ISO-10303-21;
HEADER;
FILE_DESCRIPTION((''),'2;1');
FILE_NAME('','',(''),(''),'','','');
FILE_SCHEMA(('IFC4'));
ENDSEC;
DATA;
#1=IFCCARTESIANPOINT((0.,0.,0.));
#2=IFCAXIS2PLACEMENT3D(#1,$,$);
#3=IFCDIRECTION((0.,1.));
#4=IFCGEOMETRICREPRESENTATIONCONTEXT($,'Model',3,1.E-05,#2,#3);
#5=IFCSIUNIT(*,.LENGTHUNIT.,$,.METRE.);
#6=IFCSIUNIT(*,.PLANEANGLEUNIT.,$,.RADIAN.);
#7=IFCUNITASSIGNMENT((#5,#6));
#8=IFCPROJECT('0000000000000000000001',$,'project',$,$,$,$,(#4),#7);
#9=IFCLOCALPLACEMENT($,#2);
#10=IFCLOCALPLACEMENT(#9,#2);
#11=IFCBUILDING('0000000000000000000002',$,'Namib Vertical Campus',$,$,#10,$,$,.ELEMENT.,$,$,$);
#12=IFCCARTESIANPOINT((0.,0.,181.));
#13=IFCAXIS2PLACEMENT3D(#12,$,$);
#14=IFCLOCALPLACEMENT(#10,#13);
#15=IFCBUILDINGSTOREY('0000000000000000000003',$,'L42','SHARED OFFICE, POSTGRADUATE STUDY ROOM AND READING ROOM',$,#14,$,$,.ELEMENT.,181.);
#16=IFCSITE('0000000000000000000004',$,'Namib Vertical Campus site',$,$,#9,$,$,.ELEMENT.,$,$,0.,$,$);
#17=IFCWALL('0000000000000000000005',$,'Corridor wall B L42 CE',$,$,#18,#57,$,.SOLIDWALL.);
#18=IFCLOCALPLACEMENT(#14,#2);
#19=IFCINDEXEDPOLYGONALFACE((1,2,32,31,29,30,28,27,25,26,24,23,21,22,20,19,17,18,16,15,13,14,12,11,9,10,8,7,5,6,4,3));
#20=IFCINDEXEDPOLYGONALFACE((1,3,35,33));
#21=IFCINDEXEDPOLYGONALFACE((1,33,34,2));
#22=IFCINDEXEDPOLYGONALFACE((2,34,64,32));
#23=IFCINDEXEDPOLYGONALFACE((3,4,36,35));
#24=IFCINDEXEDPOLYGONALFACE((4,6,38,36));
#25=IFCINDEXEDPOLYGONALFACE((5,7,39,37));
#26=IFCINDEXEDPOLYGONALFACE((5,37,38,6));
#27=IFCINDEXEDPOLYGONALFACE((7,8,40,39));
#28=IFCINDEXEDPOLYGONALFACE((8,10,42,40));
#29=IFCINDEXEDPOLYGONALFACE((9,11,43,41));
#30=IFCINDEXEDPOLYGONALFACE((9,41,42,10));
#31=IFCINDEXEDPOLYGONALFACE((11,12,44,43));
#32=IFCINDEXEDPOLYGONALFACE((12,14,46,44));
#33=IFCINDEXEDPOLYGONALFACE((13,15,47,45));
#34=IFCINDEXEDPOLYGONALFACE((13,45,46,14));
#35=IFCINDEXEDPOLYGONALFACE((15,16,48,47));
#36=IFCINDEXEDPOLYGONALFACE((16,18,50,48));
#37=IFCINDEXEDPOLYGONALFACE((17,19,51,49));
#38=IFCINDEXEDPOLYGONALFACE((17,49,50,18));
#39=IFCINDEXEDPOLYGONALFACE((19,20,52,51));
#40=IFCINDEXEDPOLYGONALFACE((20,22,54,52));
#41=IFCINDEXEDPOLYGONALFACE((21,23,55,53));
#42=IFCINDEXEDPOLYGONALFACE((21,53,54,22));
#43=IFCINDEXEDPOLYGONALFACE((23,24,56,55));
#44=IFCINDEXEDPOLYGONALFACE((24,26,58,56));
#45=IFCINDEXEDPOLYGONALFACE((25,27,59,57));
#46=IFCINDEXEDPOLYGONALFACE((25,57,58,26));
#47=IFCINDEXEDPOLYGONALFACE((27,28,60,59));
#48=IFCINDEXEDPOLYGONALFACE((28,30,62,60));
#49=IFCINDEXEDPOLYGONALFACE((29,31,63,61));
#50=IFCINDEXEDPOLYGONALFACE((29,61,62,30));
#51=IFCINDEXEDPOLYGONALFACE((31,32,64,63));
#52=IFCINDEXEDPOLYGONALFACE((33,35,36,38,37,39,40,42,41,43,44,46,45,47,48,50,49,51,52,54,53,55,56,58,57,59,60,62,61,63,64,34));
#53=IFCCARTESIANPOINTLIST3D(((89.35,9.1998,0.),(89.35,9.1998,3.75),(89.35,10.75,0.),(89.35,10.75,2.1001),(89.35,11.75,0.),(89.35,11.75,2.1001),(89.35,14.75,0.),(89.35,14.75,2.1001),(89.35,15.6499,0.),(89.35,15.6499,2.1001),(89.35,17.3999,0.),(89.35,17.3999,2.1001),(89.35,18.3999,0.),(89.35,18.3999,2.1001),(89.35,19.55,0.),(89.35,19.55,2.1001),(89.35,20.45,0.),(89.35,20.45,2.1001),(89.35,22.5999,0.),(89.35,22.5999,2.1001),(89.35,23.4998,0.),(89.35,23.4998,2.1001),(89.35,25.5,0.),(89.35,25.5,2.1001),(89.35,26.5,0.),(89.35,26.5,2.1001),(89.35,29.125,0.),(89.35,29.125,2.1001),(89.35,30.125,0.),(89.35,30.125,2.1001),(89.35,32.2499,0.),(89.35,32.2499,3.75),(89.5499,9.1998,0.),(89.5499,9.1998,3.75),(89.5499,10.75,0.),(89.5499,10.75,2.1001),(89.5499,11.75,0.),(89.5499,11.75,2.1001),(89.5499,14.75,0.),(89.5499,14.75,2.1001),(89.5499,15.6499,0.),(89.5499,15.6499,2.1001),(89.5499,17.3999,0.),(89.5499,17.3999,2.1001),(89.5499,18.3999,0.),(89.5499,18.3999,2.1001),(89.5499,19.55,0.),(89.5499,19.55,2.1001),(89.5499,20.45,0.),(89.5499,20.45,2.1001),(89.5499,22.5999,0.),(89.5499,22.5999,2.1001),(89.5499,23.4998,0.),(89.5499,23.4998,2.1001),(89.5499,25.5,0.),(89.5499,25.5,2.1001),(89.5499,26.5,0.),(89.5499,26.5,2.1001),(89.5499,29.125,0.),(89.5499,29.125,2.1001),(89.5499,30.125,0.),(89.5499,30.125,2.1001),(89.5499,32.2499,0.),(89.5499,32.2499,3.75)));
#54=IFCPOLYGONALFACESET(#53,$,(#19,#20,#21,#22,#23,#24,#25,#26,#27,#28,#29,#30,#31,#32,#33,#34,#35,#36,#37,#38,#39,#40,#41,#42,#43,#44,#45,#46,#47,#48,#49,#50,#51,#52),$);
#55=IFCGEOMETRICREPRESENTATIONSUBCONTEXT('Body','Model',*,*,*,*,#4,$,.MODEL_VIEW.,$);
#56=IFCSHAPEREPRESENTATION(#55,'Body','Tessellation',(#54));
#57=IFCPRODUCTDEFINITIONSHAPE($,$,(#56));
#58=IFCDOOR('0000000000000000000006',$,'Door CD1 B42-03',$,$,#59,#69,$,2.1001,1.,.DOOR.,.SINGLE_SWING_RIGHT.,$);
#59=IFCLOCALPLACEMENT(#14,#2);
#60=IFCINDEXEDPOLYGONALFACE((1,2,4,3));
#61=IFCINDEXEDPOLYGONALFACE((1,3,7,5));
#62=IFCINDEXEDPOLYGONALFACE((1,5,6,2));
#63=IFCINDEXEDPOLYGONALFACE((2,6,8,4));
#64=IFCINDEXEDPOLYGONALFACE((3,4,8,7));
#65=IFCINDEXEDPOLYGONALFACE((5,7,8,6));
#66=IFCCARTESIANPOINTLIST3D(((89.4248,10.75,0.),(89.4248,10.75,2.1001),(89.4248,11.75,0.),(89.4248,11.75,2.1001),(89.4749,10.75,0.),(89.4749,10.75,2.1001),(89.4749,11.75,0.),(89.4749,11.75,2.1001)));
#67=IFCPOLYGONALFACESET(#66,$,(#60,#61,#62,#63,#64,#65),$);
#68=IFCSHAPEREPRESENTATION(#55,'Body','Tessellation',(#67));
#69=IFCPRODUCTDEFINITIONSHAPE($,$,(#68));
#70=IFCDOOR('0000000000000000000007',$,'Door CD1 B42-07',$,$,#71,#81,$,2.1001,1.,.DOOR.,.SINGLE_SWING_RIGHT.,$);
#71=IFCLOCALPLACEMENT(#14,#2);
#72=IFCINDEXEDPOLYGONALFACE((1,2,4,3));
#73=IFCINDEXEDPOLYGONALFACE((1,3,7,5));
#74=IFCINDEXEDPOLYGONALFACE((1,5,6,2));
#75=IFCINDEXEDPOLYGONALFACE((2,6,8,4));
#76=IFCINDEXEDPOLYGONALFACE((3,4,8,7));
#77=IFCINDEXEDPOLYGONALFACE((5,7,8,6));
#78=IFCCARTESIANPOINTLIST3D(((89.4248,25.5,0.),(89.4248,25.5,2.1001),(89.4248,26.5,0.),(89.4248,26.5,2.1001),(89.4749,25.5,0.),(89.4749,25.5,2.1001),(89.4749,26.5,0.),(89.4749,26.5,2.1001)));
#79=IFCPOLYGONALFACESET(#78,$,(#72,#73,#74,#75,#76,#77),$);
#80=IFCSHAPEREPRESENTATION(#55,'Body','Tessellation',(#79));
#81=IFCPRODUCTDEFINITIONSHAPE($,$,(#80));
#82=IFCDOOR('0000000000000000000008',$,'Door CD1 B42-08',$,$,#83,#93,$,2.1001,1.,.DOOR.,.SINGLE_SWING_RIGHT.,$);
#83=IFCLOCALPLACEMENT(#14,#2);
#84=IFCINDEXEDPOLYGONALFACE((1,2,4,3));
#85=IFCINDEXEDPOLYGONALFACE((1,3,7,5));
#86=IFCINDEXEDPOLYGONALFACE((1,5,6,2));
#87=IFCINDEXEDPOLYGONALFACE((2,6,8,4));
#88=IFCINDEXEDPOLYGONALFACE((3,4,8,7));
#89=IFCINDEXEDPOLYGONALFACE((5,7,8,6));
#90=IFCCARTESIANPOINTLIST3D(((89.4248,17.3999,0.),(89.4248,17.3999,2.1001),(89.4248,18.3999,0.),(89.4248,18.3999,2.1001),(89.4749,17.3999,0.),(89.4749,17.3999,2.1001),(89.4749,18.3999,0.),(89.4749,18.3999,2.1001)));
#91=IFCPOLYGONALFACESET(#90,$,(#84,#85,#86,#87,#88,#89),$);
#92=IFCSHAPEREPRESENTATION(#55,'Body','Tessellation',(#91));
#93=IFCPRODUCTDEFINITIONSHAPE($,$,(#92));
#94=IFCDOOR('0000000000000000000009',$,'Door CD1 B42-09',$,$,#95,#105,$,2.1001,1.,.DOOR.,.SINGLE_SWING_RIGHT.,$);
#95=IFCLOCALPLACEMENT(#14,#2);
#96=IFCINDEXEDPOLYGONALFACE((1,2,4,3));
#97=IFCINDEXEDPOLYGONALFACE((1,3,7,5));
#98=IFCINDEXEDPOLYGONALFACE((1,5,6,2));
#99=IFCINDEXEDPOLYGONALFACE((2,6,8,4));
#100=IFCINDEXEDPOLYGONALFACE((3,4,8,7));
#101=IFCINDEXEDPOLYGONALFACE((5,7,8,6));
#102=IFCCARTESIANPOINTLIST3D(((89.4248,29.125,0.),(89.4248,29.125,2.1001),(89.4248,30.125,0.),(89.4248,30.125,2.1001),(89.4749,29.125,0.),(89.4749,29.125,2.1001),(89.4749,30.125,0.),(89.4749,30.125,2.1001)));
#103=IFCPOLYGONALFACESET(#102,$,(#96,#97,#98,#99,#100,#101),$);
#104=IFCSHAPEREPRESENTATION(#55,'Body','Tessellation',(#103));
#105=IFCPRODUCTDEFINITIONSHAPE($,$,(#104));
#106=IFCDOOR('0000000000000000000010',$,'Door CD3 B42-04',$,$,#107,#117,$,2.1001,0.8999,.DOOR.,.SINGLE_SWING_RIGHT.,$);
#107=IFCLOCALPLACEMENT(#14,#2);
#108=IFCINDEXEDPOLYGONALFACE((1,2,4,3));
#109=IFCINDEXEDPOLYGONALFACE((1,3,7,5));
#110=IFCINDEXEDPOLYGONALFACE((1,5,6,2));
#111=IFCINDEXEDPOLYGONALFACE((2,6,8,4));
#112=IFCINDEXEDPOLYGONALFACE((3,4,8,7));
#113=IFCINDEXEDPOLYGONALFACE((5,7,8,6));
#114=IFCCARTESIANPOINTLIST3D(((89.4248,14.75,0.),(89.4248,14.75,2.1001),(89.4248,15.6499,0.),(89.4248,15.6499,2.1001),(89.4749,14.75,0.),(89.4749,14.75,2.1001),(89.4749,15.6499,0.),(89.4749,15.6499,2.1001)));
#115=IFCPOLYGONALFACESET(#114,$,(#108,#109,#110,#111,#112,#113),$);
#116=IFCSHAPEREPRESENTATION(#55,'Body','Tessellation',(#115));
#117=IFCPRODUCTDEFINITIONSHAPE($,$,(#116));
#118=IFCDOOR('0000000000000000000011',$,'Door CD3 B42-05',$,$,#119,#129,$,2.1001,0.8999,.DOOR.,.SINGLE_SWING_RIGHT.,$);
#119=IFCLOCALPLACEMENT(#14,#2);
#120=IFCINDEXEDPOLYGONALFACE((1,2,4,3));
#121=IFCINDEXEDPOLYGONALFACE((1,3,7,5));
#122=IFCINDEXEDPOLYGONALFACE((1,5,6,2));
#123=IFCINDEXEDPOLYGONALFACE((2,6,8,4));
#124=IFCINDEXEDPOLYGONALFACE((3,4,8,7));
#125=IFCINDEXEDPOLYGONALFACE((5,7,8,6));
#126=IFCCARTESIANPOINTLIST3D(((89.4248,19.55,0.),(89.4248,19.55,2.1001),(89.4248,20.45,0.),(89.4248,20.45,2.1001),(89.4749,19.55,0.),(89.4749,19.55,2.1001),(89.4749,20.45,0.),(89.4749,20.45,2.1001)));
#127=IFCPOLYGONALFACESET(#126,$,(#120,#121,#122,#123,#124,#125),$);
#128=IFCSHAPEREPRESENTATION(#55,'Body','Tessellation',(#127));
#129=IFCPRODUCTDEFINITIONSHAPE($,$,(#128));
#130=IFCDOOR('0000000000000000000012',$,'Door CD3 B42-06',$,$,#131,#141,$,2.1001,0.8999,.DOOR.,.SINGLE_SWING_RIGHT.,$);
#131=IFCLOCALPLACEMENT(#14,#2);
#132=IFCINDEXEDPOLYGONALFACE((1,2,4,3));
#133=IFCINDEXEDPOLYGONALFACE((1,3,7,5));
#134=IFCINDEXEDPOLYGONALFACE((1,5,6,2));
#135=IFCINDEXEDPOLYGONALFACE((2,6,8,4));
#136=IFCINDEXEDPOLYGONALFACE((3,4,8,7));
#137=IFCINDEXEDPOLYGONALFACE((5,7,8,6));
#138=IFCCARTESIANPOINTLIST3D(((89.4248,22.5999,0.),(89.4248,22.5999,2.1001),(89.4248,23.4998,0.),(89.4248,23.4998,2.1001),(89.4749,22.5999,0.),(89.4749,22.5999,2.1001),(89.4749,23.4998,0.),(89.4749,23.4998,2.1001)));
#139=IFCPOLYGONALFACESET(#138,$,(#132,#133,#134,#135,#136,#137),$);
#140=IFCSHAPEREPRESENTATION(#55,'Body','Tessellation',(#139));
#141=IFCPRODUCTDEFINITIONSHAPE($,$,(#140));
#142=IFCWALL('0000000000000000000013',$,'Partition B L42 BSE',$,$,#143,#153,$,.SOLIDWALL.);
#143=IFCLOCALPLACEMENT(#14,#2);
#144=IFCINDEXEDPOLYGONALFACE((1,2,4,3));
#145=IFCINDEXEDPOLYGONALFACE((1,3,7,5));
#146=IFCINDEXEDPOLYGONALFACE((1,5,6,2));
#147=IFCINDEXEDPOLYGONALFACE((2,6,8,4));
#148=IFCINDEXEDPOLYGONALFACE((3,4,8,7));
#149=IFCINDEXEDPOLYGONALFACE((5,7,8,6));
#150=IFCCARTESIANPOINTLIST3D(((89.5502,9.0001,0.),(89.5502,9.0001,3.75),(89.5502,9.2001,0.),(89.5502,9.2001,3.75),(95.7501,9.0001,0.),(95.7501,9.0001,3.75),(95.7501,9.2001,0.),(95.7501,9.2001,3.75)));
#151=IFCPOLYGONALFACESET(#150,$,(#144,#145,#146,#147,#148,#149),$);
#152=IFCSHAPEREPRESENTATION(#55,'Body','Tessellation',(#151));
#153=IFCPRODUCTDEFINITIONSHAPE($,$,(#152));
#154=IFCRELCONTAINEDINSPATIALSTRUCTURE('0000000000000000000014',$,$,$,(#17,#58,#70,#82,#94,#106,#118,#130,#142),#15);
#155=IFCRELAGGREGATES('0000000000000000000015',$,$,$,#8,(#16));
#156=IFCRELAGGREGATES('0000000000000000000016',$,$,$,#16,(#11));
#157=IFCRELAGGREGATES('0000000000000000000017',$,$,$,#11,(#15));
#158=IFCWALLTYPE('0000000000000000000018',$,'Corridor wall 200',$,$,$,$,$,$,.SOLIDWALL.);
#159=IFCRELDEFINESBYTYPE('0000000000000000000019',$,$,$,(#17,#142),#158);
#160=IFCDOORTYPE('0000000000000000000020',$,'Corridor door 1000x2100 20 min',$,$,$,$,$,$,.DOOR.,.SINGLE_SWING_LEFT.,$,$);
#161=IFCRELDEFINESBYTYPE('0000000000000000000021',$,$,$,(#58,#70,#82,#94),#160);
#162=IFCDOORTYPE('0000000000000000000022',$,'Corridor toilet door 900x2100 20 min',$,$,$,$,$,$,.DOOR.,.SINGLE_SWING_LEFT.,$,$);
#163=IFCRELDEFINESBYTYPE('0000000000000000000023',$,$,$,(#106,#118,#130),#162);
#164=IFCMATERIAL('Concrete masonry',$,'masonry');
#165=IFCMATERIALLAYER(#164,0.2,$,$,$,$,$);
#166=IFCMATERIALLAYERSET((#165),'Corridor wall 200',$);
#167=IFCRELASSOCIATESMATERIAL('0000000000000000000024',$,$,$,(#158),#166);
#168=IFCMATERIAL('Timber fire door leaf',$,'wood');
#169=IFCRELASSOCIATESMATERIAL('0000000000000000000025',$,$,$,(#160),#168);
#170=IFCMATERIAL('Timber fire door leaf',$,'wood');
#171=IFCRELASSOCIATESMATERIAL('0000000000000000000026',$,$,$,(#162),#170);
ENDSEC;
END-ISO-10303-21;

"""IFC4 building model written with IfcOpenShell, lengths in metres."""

from ifc_helpers import new_model, si_unit, direction, frame, frame_2d, origin, place, context, subcontext, project, spatial, rectangle, extrude, material, layer, layer_set, type_object, element, fill, save


model = new_model("IFC4")

# Units and contexts
model_context = context("Model", 3, precision=1e-05, world=origin(), true_north=direction((0.0, 1.0)))
body_context = subcontext(model_context, "Body", "Model", "MODEL_VIEW")
ifc_project = project(units=[si_unit("LENGTHUNIT", "METRE"), si_unit("PLANEANGLEUNIT", "RADIAN")], contexts=[model_context])

# Site, building, storey
site_placement = place(None, origin())
site = spatial("IfcSite", under=ifc_project, at=site_placement, Name="Namib Vertical Campus site", CompositionType="ELEMENT", RefElevation=0.0)
building_placement = place(site_placement, origin())
building = spatial("IfcBuilding", under=site, at=building_placement, Name="Namib Vertical Campus", CompositionType="ELEMENT")
storey_placement = place(building_placement, frame((0.0, 0.0, 181.0)))
storey = spatial("IfcBuildingStorey", under=building, at=storey_placement, Name="L42", Description="SHARED OFFICE, POSTGRADUATE STUDY ROOM AND READING ROOM", CompositionType="ELEMENT", Elevation=181.0)

# Wall, openings, doors
ifc_material_1 = material(Name="Concrete masonry", Category="masonry")
ifc_layer_1 = layer(ifc_material_1, 0.2)
ifc_layer_set_1 = layer_set([ifc_layer_1], Name="Corridor wall 200")
wall_type_1 = type_object("IfcWallType", Name="Corridor wall 200", PredefinedType="SOLIDWALL", material=ifc_layer_set_1)
wall_1_placement = place(storey_placement, frame((89.45, 9.2, 0.0), z_axis=(0.0, 0.0, 1.0), x_axis=(0.0, 1.0, 0.0)))
wall_1 = element("IfcWall", 1, at=wall_1_placement, inside=storey, type_object=wall_type_1, Name="Corridor wall B L42 CE", PredefinedType="SOLIDWALL", context=body_context, shape_type="SweptSolid", body=[
    extrude(rectangle(XDim=23.05, YDim=0.2, at=frame_2d((11.5249, 0.0))), origin(), (0.0, 0.0, 1.0), 3.75),
])
opening_1_placement = place(wall_1_placement, frame((1.55, 0.0, 0.0)))
opening_1 = element("IfcOpeningElement", 2, at=opening_1_placement, cuts=wall_1, PredefinedType="OPENING", context=body_context, shape_type="SweptSolid", body=[
    extrude(rectangle(XDim=1.0, YDim=2.1001, at=frame_2d((0.5, 1.05))), frame((0.0, 0.1099, 0.0), z_axis=(0.0, -1.0, 0.0), x_axis=(1.0, 0.0, 0.0)), (0.0, 0.0, 1.0), 0.22),
])
opening_2_placement = place(wall_1_placement, frame((5.55, 0.0, 0.0)))
opening_2 = element("IfcOpeningElement", 3, at=opening_2_placement, cuts=wall_1, PredefinedType="OPENING", context=body_context, shape_type="SweptSolid", body=[
    extrude(rectangle(XDim=0.8999, YDim=2.1001, at=frame_2d((0.45, 1.05))), frame((0.0, 0.1099, 0.0), z_axis=(0.0, -1.0, 0.0), x_axis=(1.0, 0.0, 0.0)), (0.0, 0.0, 1.0), 0.22),
])
opening_3_placement = place(wall_1_placement, frame((10.3501, 0.0, 0.0)))
opening_3 = element("IfcOpeningElement", 4, at=opening_3_placement, cuts=wall_1, PredefinedType="OPENING", context=body_context, shape_type="SweptSolid", body=[
    extrude(rectangle(XDim=0.8999, YDim=2.1001, at=frame_2d((0.45, 1.05))), frame((0.0, 0.1099, 0.0), z_axis=(0.0, -1.0, 0.0), x_axis=(1.0, 0.0, 0.0)), (0.0, 0.0, 1.0), 0.22),
])
opening_4_placement = place(wall_1_placement, frame((13.3999, 0.0, 0.0)))
opening_4 = element("IfcOpeningElement", 5, at=opening_4_placement, cuts=wall_1, PredefinedType="OPENING", context=body_context, shape_type="SweptSolid", body=[
    extrude(rectangle(XDim=0.8999, YDim=2.1001, at=frame_2d((0.45, 1.05))), frame((0.0, 0.1099, 0.0), z_axis=(0.0, -1.0, 0.0), x_axis=(1.0, 0.0, 0.0)), (0.0, 0.0, 1.0), 0.22),
])
opening_5_placement = place(wall_1_placement, frame((16.3, 0.0, 0.0)))
opening_5 = element("IfcOpeningElement", 6, at=opening_5_placement, cuts=wall_1, PredefinedType="OPENING", context=body_context, shape_type="SweptSolid", body=[
    extrude(rectangle(XDim=1.0, YDim=2.1001, at=frame_2d((0.5, 1.05))), frame((0.0, 0.1099, 0.0), z_axis=(0.0, -1.0, 0.0), x_axis=(1.0, 0.0, 0.0)), (0.0, 0.0, 1.0), 0.22),
])
opening_6_placement = place(wall_1_placement, frame((8.2, 0.0, 0.0)))
opening_6 = element("IfcOpeningElement", 7, at=opening_6_placement, cuts=wall_1, PredefinedType="OPENING", context=body_context, shape_type="SweptSolid", body=[
    extrude(rectangle(XDim=1.0, YDim=2.1001, at=frame_2d((0.5, 1.05))), frame((0.0, 0.1099, 0.0), z_axis=(0.0, -1.0, 0.0), x_axis=(1.0, 0.0, 0.0)), (0.0, 0.0, 1.0), 0.22),
])
opening_7_placement = place(wall_1_placement, frame((19.925, 0.0, 0.0)))
opening_7 = element("IfcOpeningElement", 8, at=opening_7_placement, cuts=wall_1, PredefinedType="OPENING", context=body_context, shape_type="SweptSolid", body=[
    extrude(rectangle(XDim=1.0, YDim=2.1001, at=frame_2d((0.5, 1.05))), frame((0.0, 0.1099, 0.0), z_axis=(0.0, -1.0, 0.0), x_axis=(1.0, 0.0, 0.0)), (0.0, 0.0, 1.0), 0.22),
])
ifc_material_2 = material(Name="Timber fire door leaf", Category="wood")
door_type_1 = type_object("IfcDoorType", Name="Corridor door 1000x2100 20 min", OperationType="SINGLE_SWING_LEFT", PredefinedType="DOOR", material=ifc_material_2)
door_1_placement = place(opening_1_placement, frame((1.0, 0.0, 0.0), z_axis=(0.0, 0.0, 1.0), x_axis=(-1.0, 0.0, 0.0)))
door_1 = element("IfcDoor", 9, at=door_1_placement, inside=storey, type_object=door_type_1, Name="Door CD1 B42-03", OperationType="SINGLE_SWING_RIGHT", OverallHeight=2.1001, OverallWidth=1.0, PredefinedType="DOOR", context=body_context, shape_type="SweptSolid", body=[
    extrude(rectangle(XDim=1.0, YDim=2.1001, at=frame_2d((0.5, 1.05))), frame((0.0, 0.0249, 0.0), z_axis=(0.0, -1.0, 0.0), x_axis=(1.0, 0.0, 0.0)), (0.0, 0.0, 1.0), 0.05),
])
fill(opening_1, door_1)
door_2_placement = place(opening_5_placement, frame((1.0, 0.0, 0.0), z_axis=(0.0, 0.0, 1.0), x_axis=(-1.0, 0.0, 0.0)))
door_2 = element("IfcDoor", 10, at=door_2_placement, inside=storey, type_object=door_type_1, Name="Door CD1 B42-07", OperationType="SINGLE_SWING_RIGHT", OverallHeight=2.1001, OverallWidth=1.0, PredefinedType="DOOR", context=body_context, shape_type="SweptSolid", body=[
    extrude(rectangle(XDim=1.0, YDim=2.1001, at=frame_2d((0.5, 1.05))), frame((0.0, 0.0249, 0.0), z_axis=(0.0, -1.0, 0.0), x_axis=(1.0, 0.0, 0.0)), (0.0, 0.0, 1.0), 0.05),
])
fill(opening_5, door_2)
door_3_placement = place(opening_6_placement, frame((1.0, 0.0, 0.0), z_axis=(0.0, 0.0, 1.0), x_axis=(-1.0, 0.0, 0.0)))
door_3 = element("IfcDoor", 11, at=door_3_placement, inside=storey, type_object=door_type_1, Name="Door CD1 B42-08", OperationType="SINGLE_SWING_RIGHT", OverallHeight=2.1001, OverallWidth=1.0, PredefinedType="DOOR", context=body_context, shape_type="SweptSolid", body=[
    extrude(rectangle(XDim=1.0, YDim=2.1001, at=frame_2d((0.5, 1.05))), frame((0.0, 0.0249, 0.0), z_axis=(0.0, -1.0, 0.0), x_axis=(1.0, 0.0, 0.0)), (0.0, 0.0, 1.0), 0.05),
])
fill(opening_6, door_3)
door_4_placement = place(opening_7_placement, frame((1.0, 0.0, 0.0), z_axis=(0.0, 0.0, 1.0), x_axis=(-1.0, 0.0, 0.0)))
door_4 = element("IfcDoor", 12, at=door_4_placement, inside=storey, type_object=door_type_1, Name="Door CD1 B42-09", OperationType="SINGLE_SWING_RIGHT", OverallHeight=2.1001, OverallWidth=1.0, PredefinedType="DOOR", context=body_context, shape_type="SweptSolid", body=[
    extrude(rectangle(XDim=1.0, YDim=2.1001, at=frame_2d((0.5, 1.05))), frame((0.0, 0.0249, 0.0), z_axis=(0.0, -1.0, 0.0), x_axis=(1.0, 0.0, 0.0)), (0.0, 0.0, 1.0), 0.05),
])
fill(opening_7, door_4)
ifc_material_3 = material(Name="Timber fire door leaf", Category="wood")
door_type_2 = type_object("IfcDoorType", Name="Corridor toilet door 900x2100 20 min", OperationType="SINGLE_SWING_LEFT", PredefinedType="DOOR", material=ifc_material_3)
door_5_placement = place(opening_2_placement, frame((0.8999, 0.0, 0.0), z_axis=(0.0, 0.0, 1.0), x_axis=(-1.0, 0.0, 0.0)))
door_5 = element("IfcDoor", 13, at=door_5_placement, inside=storey, type_object=door_type_2, Name="Door CD3 B42-04", OperationType="SINGLE_SWING_RIGHT", OverallHeight=2.1001, OverallWidth=0.8999, PredefinedType="DOOR", context=body_context, shape_type="SweptSolid", body=[
    extrude(rectangle(XDim=0.8999, YDim=2.1001, at=frame_2d((0.45, 1.05))), frame((0.0, 0.0249, 0.0), z_axis=(0.0, -1.0, 0.0), x_axis=(1.0, 0.0, 0.0)), (0.0, 0.0, 1.0), 0.05),
])
fill(opening_2, door_5)
door_6_placement = place(opening_3_placement, frame((0.8999, 0.0, 0.0), z_axis=(0.0, 0.0, 1.0), x_axis=(-1.0, 0.0, 0.0)))
door_6 = element("IfcDoor", 14, at=door_6_placement, inside=storey, type_object=door_type_2, Name="Door CD3 B42-05", OperationType="SINGLE_SWING_RIGHT", OverallHeight=2.1001, OverallWidth=0.8999, PredefinedType="DOOR", context=body_context, shape_type="SweptSolid", body=[
    extrude(rectangle(XDim=0.8999, YDim=2.1001, at=frame_2d((0.45, 1.05))), frame((0.0, 0.0249, 0.0), z_axis=(0.0, -1.0, 0.0), x_axis=(1.0, 0.0, 0.0)), (0.0, 0.0, 1.0), 0.05),
])
fill(opening_3, door_6)
door_7_placement = place(opening_4_placement, frame((0.8999, 0.0, 0.0), z_axis=(0.0, 0.0, 1.0), x_axis=(-1.0, 0.0, 0.0)))
door_7 = element("IfcDoor", 15, at=door_7_placement, inside=storey, type_object=door_type_2, Name="Door CD3 B42-06", OperationType="SINGLE_SWING_RIGHT", OverallHeight=2.1001, OverallWidth=0.8999, PredefinedType="DOOR", context=body_context, shape_type="SweptSolid", body=[
    extrude(rectangle(XDim=0.8999, YDim=2.1001, at=frame_2d((0.45, 1.05))), frame((0.0, 0.0249, 0.0), z_axis=(0.0, -1.0, 0.0), x_axis=(1.0, 0.0, 0.0)), (0.0, 0.0, 1.0), 0.05),
])
fill(opening_4, door_7)

# Wall
wall_2_placement = place(storey_placement, frame((89.55, 9.1001, 0.0), z_axis=(0.0, 0.0, 1.0), x_axis=(1.0, 0.0, 0.0)))
element("IfcWall", 16, at=wall_2_placement, inside=storey, type_object=wall_type_1, Name="Partition B L42 BSE", PredefinedType="SOLIDWALL", context=body_context, shape_type="SweptSolid", body=[
    extrude(rectangle(XDim=6.2, YDim=0.2, at=frame_2d((3.1001, 0.0))), origin(), (0.0, 0.0, 1.0), 3.75),
])

save(model, "model.ifc")
